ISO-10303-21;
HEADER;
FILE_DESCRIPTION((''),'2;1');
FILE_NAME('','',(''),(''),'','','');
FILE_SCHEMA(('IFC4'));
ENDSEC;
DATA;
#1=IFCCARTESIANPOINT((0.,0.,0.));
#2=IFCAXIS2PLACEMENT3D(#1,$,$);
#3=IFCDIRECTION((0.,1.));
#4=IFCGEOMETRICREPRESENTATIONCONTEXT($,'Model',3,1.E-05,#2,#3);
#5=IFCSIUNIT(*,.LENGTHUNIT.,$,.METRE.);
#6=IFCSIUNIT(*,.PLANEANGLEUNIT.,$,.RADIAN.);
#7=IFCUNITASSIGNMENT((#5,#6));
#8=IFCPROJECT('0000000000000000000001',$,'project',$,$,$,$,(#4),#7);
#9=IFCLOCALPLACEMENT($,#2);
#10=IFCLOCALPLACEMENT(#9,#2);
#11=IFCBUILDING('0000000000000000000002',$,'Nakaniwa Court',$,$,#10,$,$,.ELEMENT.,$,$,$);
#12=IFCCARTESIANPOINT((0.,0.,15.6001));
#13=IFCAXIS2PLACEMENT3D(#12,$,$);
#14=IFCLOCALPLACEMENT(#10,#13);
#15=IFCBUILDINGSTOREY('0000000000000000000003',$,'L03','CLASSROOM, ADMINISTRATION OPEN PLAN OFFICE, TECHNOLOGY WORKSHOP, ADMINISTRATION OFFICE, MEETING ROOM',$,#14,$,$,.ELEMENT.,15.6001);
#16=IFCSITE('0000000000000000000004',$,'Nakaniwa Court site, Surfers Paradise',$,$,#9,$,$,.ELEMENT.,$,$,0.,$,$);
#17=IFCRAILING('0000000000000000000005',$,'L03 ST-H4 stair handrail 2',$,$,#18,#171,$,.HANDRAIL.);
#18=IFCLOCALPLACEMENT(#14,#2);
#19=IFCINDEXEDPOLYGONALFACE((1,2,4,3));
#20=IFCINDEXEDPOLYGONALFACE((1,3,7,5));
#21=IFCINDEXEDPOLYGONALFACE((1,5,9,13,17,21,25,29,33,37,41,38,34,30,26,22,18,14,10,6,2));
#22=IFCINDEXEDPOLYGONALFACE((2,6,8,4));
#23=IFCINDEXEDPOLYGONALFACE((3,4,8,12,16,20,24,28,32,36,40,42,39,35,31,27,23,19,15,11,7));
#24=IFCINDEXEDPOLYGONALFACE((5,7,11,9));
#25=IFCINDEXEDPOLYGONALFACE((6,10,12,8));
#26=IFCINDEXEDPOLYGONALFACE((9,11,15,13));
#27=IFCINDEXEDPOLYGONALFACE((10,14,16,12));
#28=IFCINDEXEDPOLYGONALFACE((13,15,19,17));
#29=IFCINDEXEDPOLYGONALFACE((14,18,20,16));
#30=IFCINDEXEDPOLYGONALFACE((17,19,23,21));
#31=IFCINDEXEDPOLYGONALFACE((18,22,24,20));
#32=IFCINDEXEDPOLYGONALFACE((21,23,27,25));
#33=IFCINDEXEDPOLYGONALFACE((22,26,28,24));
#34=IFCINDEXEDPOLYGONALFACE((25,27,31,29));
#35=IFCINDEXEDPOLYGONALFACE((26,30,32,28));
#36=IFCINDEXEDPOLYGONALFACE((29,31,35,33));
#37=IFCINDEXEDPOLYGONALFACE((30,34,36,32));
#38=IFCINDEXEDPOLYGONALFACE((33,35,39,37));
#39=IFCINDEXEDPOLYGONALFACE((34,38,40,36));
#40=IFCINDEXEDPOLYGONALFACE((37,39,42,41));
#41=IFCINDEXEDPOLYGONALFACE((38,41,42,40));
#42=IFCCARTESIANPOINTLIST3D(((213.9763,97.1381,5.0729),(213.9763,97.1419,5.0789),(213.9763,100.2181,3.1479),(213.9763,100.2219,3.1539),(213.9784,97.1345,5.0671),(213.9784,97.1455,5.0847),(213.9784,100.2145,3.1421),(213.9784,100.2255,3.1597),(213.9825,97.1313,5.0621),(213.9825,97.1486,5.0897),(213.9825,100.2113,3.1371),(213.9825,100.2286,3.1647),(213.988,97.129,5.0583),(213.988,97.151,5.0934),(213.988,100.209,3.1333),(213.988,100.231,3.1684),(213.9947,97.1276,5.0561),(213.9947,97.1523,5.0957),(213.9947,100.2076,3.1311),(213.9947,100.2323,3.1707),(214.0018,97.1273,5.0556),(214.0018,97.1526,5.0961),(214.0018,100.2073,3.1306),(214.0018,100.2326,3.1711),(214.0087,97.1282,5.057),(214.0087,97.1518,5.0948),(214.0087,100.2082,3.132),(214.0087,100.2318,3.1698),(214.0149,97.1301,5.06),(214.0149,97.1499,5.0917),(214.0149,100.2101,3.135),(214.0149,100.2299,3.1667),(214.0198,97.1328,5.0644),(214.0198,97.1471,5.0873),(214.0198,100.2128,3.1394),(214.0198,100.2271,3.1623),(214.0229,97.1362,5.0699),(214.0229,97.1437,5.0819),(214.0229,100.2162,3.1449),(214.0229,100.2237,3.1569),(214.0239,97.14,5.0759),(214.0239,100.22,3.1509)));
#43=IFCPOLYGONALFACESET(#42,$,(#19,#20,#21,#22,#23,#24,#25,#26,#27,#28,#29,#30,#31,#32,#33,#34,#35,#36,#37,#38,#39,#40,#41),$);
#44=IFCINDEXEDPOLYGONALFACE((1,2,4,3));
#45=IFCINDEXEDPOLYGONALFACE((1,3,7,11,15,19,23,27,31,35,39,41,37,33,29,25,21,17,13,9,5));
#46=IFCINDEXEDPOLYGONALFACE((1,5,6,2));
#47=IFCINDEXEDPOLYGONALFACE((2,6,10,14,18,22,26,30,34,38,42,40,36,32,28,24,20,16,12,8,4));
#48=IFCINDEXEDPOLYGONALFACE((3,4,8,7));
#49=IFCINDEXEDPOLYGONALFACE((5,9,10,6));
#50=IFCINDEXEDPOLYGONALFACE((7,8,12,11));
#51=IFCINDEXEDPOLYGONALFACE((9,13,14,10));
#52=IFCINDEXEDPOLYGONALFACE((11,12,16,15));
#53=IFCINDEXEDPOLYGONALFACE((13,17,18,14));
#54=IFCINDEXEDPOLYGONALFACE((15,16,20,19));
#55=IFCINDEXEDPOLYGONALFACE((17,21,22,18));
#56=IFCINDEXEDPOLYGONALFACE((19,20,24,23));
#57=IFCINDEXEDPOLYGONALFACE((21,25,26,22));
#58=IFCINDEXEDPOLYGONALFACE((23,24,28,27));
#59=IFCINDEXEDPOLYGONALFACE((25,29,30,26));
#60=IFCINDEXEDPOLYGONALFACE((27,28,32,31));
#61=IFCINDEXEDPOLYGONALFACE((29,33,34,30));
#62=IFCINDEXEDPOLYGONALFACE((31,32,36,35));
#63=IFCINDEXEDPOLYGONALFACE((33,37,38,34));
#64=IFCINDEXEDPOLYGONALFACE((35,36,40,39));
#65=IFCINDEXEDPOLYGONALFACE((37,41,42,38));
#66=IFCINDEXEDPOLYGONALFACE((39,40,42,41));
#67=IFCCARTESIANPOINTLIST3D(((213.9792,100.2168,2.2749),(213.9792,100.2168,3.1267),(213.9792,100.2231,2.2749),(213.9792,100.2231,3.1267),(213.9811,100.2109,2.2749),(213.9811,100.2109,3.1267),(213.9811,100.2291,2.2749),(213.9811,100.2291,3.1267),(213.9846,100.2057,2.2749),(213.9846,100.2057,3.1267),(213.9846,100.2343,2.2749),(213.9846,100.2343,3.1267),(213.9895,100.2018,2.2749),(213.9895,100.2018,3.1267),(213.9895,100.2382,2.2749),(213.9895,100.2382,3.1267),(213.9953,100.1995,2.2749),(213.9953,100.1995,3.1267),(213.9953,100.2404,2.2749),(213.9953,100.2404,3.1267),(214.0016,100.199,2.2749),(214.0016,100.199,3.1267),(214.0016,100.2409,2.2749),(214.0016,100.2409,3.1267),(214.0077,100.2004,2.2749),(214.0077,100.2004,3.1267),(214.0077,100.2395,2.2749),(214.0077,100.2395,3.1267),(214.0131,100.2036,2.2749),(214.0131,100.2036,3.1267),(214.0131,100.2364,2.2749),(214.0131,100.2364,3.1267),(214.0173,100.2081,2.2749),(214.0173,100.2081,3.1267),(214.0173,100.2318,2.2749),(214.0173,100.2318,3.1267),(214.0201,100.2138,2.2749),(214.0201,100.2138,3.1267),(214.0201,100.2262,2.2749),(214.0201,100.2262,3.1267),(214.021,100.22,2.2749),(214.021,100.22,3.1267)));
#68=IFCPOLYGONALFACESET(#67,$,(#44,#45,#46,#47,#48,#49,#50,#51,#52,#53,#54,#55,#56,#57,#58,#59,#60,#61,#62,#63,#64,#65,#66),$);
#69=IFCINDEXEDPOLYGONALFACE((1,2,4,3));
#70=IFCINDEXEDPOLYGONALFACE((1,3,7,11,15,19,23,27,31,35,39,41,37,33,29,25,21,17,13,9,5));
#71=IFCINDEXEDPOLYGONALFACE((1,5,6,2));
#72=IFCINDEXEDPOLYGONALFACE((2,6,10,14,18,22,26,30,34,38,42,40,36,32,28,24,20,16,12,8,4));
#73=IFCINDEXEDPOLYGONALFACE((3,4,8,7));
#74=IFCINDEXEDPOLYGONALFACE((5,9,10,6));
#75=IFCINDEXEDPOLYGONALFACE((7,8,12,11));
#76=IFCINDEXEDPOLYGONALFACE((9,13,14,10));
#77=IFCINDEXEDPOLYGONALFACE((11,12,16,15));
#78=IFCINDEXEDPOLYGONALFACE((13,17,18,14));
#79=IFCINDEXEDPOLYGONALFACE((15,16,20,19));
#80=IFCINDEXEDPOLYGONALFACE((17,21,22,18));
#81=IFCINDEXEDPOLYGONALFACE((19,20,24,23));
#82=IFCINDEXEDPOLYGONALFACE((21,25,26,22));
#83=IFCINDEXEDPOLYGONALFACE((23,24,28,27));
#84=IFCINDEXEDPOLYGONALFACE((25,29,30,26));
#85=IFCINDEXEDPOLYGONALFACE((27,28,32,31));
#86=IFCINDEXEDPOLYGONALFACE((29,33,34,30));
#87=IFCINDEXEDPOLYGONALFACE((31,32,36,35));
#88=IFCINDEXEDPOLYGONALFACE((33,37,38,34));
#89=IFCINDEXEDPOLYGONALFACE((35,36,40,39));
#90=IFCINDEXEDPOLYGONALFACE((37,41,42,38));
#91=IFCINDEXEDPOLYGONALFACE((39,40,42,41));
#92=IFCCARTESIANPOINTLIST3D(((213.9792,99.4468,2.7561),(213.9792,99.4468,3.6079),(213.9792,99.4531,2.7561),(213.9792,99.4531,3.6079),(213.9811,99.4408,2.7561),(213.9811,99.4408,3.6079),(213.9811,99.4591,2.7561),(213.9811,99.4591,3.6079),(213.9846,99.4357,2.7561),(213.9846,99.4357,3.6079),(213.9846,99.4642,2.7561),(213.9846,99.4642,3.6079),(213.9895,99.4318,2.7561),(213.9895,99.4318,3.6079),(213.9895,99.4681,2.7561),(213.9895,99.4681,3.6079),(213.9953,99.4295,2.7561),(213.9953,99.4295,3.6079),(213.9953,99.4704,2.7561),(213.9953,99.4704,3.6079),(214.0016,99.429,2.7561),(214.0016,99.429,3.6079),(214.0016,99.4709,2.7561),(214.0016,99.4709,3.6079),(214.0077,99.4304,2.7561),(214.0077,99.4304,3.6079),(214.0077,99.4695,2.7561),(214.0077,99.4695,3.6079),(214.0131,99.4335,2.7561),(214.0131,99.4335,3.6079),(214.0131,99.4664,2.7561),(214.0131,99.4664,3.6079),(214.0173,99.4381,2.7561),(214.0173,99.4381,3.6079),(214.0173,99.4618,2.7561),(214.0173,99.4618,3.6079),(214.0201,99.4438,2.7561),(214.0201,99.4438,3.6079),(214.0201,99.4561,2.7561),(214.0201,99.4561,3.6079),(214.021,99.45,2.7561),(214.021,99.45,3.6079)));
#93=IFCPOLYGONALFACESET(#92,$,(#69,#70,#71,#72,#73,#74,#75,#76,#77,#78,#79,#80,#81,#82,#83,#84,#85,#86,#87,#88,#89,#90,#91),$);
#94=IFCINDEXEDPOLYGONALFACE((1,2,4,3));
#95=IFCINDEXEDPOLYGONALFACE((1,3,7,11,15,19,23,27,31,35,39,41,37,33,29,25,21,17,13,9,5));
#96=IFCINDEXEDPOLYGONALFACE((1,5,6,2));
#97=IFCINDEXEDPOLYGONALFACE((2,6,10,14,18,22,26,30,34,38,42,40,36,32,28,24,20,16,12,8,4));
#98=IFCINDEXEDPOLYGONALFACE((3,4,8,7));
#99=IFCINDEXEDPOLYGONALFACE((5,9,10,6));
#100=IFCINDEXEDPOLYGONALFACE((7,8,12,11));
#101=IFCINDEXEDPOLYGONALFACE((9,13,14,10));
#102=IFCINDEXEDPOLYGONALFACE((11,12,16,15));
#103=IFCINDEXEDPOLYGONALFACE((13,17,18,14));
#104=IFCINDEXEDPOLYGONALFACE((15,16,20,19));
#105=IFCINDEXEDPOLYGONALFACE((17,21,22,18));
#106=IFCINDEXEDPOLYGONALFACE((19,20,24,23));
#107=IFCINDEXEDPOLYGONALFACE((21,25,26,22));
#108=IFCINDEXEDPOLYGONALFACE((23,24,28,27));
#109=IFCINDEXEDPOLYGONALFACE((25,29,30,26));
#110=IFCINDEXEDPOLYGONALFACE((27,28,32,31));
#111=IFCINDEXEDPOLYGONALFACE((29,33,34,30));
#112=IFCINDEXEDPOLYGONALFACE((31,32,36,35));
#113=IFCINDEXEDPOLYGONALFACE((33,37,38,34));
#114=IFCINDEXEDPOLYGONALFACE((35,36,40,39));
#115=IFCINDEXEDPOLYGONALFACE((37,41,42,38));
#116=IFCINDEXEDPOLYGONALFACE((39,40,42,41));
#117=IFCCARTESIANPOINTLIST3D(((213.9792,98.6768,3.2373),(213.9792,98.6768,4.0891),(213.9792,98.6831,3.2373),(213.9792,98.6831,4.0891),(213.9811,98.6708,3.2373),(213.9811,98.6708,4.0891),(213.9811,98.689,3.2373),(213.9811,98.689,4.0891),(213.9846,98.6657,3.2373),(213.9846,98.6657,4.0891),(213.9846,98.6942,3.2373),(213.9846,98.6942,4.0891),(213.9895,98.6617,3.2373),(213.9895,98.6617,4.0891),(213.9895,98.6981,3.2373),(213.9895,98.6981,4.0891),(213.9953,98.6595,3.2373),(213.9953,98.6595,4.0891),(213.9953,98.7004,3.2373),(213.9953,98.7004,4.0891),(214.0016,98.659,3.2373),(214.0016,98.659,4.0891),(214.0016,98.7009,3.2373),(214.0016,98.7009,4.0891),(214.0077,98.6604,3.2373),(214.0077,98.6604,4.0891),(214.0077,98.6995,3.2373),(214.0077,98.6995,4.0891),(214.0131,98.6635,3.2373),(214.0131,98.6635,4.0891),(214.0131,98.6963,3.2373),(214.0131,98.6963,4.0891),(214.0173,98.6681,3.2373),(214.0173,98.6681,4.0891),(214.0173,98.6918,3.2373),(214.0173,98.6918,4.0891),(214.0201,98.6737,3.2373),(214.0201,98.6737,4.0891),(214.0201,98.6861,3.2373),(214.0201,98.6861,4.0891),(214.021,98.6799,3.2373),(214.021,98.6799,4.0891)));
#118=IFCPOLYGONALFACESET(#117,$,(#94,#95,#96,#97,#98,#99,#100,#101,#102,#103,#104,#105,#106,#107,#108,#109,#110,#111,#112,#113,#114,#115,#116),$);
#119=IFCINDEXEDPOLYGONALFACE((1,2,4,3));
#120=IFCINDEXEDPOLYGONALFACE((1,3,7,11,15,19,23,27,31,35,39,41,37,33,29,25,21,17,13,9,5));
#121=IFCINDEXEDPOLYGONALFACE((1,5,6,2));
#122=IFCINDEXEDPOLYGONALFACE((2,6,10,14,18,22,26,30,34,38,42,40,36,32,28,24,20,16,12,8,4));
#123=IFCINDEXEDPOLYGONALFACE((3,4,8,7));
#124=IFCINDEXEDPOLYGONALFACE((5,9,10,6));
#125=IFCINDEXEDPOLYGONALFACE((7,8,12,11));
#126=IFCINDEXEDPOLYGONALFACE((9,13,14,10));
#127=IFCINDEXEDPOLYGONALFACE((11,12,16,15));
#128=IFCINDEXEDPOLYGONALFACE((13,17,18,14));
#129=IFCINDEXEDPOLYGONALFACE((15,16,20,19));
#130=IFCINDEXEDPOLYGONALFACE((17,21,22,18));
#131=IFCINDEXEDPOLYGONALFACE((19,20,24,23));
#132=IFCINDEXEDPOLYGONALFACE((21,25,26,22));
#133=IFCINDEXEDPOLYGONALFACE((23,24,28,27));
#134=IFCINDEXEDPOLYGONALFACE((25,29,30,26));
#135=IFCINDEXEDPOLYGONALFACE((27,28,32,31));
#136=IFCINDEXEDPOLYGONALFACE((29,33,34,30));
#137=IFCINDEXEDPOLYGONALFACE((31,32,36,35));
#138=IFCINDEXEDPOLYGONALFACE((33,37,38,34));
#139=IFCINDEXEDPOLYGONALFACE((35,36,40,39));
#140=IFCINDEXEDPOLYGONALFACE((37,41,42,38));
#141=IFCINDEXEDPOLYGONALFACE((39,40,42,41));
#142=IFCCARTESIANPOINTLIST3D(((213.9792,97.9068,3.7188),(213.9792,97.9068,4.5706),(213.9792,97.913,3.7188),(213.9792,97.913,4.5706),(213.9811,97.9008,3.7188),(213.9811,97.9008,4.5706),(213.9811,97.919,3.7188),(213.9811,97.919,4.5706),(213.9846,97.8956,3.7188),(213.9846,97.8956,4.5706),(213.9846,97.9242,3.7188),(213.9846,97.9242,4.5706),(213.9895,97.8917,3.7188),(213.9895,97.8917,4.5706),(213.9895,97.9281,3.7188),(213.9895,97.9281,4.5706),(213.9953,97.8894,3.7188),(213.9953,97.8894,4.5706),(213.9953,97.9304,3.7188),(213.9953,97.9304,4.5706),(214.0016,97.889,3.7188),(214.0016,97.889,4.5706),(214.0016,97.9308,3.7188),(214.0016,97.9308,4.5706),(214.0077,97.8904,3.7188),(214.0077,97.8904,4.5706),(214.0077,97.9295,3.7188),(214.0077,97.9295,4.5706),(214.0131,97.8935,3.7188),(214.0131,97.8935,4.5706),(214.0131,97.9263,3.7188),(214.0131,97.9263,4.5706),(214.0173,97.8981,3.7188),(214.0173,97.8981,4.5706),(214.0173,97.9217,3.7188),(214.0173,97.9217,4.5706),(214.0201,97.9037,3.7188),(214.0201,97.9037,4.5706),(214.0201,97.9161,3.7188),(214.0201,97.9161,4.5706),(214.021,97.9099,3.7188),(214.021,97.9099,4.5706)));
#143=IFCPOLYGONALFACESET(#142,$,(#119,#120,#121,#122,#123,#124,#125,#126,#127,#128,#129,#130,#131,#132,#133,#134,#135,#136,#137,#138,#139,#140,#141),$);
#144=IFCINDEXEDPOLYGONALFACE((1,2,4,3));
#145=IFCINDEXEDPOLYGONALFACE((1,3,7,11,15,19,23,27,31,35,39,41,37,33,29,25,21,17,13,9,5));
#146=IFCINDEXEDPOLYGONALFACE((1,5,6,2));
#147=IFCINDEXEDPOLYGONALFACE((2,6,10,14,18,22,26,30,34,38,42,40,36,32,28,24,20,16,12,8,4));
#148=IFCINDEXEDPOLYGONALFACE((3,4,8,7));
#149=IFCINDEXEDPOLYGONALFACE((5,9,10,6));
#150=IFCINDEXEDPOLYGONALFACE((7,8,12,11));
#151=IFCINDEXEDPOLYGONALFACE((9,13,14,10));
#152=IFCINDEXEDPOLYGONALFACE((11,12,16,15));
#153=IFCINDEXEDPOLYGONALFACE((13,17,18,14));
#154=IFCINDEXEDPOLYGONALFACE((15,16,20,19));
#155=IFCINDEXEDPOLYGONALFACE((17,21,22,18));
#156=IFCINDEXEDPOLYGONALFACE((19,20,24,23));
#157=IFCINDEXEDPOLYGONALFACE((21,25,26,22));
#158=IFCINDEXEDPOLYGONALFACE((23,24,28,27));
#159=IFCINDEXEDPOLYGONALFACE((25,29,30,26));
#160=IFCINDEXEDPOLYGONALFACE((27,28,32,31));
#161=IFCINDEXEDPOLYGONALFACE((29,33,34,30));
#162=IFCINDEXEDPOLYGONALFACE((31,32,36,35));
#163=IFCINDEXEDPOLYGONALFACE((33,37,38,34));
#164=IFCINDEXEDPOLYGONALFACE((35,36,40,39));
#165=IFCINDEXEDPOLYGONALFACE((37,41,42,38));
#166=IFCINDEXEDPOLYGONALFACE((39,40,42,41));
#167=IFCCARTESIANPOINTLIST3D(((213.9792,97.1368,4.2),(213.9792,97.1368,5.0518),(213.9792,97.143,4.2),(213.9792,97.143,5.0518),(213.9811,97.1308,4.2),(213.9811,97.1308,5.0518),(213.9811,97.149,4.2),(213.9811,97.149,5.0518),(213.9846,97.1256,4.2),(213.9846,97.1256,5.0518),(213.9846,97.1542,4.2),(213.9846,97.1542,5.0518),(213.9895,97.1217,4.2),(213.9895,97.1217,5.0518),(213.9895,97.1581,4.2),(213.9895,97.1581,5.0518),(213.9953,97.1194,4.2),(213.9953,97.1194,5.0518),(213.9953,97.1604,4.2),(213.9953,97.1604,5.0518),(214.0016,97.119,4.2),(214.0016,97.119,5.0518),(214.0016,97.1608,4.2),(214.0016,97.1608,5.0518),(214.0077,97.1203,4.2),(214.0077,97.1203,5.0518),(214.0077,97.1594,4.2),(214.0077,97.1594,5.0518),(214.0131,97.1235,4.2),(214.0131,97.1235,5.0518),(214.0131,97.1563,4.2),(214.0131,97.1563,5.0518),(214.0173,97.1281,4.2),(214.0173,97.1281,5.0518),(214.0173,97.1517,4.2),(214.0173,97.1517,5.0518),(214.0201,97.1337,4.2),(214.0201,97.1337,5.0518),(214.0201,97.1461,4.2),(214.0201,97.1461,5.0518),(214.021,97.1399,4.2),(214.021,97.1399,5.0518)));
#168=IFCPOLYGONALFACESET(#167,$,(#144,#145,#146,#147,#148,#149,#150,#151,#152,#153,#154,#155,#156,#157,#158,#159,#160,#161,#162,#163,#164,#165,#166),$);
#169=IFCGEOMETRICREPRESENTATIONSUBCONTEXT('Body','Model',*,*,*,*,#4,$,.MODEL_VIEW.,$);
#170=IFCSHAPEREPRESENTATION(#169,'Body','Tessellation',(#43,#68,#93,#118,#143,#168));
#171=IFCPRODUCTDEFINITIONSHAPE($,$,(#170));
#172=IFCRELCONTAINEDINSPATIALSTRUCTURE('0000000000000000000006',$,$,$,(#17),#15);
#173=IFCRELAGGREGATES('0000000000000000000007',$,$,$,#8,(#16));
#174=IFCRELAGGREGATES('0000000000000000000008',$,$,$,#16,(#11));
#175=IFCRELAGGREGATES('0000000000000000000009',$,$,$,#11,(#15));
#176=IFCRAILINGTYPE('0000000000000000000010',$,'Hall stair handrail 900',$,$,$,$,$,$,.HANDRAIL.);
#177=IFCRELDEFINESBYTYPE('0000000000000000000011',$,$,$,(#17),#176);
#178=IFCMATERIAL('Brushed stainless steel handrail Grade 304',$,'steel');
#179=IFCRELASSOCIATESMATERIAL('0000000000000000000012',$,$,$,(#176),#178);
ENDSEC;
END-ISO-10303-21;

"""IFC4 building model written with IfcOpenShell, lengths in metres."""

from ifc_helpers import new_model, si_unit, direction, frame, origin, origin_2d, place, context, subcontext, project, spatial, circle, extrude, material, type_object, element, save


model = new_model("IFC4")

# Units and contexts
model_context = context("Model", 3, precision=1e-05, world=origin(), true_north=direction((0.0, 1.0)))
body_context = subcontext(model_context, "Body", "Model", "MODEL_VIEW")
ifc_project = project(units=[si_unit("LENGTHUNIT", "METRE"), si_unit("PLANEANGLEUNIT", "RADIAN")], contexts=[model_context])

# Site, building, storey
site_placement = place(None, origin())
site = spatial("IfcSite", under=ifc_project, at=site_placement, Name="Nakaniwa Court site, Surfers Paradise", CompositionType="ELEMENT", RefElevation=0.0)
building_placement = place(site_placement, origin())
building = spatial("IfcBuilding", under=site, at=building_placement, Name="Nakaniwa Court", CompositionType="ELEMENT")
storey_placement = place(building_placement, frame((0.0, 0.0, 15.6001)))
storey = spatial("IfcBuildingStorey", under=building, at=storey_placement, Name="L03", Description="CLASSROOM, ADMINISTRATION OPEN PLAN OFFICE, TECHNOLOGY WORKSHOP, ADMINISTRATION OFFICE, MEETING ROOM", CompositionType="ELEMENT", Elevation=15.6001)

# Railing
ifc_material_1 = material(Name="Brushed stainless steel handrail Grade 304", Category="steel")
railing_type_1 = type_object("IfcRailingType", Name="Hall stair handrail 900", PredefinedType="HANDRAIL", material=ifc_material_1)
railing_1_placement = place(storey_placement, frame((214.0, 100.22, 2.2749)))
element("IfcRailing", 1, at=railing_1_placement, inside=storey, type_object=railing_type_1, Name="L03 ST-H4 stair handrail 2", PredefinedType="HANDRAIL", context=body_context, shape_type="SweptSolid", body=[
    extrude(circle(Radius=0.0239, at=origin_2d()), frame((0.0, 0.0, 0.876), z_axis=(0.0, -0.847998, 0.529999), x_axis=(1.0, 0.0, 0.0)), (0.0, 0.0, 1.0), 3.6321),
    extrude(circle(Radius=0.021, at=origin_2d()), origin(), (0.0, 0.0, 1.0), 0.8518),
    extrude(circle(Radius=0.021, at=origin_2d()), frame((0.0, -0.77, 0.4812)), (0.0, 0.0, 1.0), 0.8518),
    extrude(circle(Radius=0.021, at=origin_2d()), frame((0.0, -1.54, 0.9624)), (0.0, 0.0, 1.0), 0.8518),
    extrude(circle(Radius=0.021, at=origin_2d()), frame((0.0, -2.3101, 1.4438)), (0.0, 0.0, 1.0), 0.8518),
    extrude(circle(Radius=0.021, at=origin_2d()), frame((0.0, -3.0801, 1.925)), (0.0, 0.0, 1.0), 0.8518),
])

save(model, "model.ifc")
